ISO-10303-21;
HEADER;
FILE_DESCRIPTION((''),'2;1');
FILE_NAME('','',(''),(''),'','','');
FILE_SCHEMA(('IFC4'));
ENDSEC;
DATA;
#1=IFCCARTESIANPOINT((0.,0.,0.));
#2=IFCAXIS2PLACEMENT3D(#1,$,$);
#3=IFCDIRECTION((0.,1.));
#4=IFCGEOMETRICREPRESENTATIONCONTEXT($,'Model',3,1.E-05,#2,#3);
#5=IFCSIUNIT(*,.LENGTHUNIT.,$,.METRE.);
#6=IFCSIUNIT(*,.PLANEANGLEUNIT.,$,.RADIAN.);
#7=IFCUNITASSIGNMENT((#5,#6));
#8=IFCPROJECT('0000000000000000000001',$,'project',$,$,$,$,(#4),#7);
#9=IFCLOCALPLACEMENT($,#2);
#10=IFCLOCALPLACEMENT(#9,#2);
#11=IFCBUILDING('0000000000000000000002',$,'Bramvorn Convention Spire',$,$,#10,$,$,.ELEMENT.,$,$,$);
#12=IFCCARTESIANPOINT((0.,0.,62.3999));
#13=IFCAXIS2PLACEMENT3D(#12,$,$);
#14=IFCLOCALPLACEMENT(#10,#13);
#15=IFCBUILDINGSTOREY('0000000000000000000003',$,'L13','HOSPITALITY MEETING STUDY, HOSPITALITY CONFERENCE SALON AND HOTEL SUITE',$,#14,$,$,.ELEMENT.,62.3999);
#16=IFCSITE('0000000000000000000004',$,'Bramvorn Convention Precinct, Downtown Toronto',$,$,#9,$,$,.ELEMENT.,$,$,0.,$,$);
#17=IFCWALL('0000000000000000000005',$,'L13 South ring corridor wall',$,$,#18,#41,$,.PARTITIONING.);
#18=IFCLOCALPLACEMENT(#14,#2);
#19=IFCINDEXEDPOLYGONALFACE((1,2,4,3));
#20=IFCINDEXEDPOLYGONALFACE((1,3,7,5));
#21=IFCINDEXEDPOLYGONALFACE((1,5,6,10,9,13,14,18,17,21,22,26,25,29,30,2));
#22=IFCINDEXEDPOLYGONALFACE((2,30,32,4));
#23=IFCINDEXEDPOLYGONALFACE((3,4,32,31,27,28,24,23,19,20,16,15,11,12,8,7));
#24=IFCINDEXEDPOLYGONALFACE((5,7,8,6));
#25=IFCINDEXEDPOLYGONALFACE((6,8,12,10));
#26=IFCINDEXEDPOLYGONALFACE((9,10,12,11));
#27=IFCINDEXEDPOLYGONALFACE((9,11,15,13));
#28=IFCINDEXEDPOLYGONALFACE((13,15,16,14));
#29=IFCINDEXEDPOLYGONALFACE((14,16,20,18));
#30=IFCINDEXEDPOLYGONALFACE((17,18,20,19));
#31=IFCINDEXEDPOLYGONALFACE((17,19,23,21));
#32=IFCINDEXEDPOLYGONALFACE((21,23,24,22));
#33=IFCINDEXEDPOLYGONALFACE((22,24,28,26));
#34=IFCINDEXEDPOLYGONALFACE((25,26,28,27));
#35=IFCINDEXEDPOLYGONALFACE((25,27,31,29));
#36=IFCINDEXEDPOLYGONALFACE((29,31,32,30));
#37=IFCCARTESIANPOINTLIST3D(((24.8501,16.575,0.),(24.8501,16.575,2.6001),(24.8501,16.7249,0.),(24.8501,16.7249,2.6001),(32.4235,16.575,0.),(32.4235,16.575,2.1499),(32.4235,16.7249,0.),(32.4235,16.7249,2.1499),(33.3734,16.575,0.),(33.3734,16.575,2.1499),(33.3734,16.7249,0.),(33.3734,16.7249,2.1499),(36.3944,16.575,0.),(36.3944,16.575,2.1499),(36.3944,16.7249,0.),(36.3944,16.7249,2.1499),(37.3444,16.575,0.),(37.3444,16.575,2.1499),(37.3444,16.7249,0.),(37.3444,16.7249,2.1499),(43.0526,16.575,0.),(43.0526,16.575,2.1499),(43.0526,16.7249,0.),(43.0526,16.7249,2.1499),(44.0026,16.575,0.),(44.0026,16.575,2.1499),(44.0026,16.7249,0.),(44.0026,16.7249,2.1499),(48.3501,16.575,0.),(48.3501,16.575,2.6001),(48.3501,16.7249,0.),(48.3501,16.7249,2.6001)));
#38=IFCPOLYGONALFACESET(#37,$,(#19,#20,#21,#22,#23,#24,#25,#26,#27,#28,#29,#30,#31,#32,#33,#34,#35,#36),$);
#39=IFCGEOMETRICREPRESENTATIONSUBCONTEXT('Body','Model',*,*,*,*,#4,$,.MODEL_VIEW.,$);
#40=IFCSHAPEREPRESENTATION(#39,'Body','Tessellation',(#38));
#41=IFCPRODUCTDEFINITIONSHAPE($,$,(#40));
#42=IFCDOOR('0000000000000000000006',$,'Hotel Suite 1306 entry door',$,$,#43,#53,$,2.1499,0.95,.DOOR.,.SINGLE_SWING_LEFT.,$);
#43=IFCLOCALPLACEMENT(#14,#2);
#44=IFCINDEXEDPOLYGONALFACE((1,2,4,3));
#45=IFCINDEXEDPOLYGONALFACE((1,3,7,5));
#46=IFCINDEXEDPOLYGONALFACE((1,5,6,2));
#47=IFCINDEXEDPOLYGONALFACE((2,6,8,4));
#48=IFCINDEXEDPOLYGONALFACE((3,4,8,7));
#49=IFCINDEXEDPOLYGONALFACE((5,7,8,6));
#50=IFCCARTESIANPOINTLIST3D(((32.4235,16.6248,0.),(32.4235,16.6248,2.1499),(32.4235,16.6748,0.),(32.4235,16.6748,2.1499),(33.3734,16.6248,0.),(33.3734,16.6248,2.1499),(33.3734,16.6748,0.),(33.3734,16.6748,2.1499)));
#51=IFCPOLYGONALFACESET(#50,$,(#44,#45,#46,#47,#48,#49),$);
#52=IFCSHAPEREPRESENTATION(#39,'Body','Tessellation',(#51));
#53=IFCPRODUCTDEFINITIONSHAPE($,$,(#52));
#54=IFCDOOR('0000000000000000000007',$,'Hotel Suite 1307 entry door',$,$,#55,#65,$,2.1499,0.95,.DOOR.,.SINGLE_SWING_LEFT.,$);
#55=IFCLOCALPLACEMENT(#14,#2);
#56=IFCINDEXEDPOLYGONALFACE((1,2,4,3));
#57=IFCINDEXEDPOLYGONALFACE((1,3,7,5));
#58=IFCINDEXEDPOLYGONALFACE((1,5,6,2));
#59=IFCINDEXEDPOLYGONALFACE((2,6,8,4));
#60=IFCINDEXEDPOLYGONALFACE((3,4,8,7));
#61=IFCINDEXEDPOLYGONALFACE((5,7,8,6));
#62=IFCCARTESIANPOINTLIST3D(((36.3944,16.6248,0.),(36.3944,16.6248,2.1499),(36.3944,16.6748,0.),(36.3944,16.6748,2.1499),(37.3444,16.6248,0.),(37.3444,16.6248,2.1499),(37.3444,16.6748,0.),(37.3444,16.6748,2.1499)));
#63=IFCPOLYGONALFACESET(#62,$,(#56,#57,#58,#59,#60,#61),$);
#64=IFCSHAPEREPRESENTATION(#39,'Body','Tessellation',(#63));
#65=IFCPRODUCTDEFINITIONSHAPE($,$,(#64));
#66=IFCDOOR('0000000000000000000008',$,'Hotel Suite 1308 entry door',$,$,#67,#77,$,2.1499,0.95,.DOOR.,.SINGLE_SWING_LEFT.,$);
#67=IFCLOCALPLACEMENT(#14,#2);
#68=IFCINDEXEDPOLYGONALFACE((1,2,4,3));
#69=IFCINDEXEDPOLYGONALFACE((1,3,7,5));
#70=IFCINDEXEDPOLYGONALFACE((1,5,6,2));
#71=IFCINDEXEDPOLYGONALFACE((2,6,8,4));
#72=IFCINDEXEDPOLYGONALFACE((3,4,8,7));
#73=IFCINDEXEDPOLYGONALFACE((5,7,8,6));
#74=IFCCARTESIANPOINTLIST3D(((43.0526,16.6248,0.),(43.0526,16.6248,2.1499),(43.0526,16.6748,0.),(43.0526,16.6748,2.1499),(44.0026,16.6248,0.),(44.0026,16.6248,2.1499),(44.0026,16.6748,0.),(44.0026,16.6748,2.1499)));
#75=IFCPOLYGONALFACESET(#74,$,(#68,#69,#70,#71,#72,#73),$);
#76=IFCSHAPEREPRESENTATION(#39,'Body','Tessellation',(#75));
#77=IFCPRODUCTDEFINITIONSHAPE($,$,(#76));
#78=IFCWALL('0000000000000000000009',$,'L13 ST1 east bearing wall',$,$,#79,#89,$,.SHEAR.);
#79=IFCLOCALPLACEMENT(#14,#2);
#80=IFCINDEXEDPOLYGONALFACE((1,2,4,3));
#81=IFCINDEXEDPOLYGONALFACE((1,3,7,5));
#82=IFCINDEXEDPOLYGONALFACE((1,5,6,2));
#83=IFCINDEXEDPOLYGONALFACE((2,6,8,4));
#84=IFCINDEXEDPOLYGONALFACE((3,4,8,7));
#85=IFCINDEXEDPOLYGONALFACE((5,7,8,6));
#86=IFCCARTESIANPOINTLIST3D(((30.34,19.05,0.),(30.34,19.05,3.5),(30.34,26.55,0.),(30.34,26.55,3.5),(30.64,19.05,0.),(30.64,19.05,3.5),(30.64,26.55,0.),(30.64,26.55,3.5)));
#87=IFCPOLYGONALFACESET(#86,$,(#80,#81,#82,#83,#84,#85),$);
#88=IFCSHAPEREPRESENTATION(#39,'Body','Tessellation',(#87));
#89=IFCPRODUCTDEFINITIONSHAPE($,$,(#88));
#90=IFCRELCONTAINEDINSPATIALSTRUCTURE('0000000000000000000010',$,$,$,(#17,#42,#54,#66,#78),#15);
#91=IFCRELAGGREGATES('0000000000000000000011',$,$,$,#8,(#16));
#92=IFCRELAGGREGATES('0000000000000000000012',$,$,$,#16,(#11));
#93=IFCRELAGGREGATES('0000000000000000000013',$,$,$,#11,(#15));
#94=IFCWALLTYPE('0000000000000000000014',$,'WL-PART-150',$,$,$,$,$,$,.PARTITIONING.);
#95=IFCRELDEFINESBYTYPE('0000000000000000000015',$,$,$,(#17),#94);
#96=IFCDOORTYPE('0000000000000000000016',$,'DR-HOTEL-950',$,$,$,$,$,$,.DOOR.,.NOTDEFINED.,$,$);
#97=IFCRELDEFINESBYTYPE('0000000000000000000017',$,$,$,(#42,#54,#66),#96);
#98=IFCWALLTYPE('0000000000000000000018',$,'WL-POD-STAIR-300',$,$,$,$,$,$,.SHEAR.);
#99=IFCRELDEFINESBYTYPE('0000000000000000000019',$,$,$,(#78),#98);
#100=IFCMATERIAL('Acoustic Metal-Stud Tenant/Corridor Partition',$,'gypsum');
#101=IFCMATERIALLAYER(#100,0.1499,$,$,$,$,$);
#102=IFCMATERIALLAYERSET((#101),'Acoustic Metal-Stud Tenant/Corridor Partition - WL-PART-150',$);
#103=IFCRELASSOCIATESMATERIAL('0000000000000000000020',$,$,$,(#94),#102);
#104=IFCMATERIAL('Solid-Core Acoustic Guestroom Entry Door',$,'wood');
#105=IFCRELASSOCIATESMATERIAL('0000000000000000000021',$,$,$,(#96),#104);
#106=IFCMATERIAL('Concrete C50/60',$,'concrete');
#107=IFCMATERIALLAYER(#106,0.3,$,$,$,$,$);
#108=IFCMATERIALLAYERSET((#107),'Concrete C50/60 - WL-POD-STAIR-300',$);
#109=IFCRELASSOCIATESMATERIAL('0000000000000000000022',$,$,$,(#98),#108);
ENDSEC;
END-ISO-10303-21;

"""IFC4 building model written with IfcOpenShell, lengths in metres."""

from ifc_helpers import new_model, si_unit, direction, frame, frame_2d, origin, place, context, subcontext, project, spatial, rectangle, extrude, material, layer, layer_set, type_object, element, fill, save


model = new_model("IFC4")

# Units and contexts
model_context = context("Model", 3, precision=1e-05, world=origin(), true_north=direction((0.0, 1.0)))
body_context = subcontext(model_context, "Body", "Model", "MODEL_VIEW")
ifc_project = project(units=[si_unit("LENGTHUNIT", "METRE"), si_unit("PLANEANGLEUNIT", "RADIAN")], contexts=[model_context])

# Site, building, storey
site_placement = place(None, origin())
site = spatial("IfcSite", under=ifc_project, at=site_placement, Name="Bramvorn Convention Precinct, Downtown Toronto", CompositionType="ELEMENT", RefElevation=0.0)
building_placement = place(site_placement, origin())
building = spatial("IfcBuilding", under=site, at=building_placement, Name="Bramvorn Convention Spire", CompositionType="ELEMENT")
storey_placement = place(building_placement, frame((0.0, 0.0, 62.3999)))
storey = spatial("IfcBuildingStorey", under=building, at=storey_placement, Name="L13", Description="HOSPITALITY MEETING STUDY, HOSPITALITY CONFERENCE SALON AND HOTEL SUITE", CompositionType="ELEMENT", Elevation=62.3999)

# Wall, openings, doors
ifc_material_1 = material(Name="Acoustic Metal-Stud Tenant/Corridor Partition", Category="gypsum")
ifc_layer_1 = layer(ifc_material_1, 0.1499)
ifc_layer_set_1 = layer_set([ifc_layer_1], Name="Acoustic Metal-Stud Tenant/Corridor Partition - WL-PART-150")
wall_type_1 = type_object("IfcWallType", Name="WL-PART-150", PredefinedType="PARTITIONING", material=ifc_layer_set_1)
wall_1_placement = place(storey_placement, frame((24.8501, 16.6499, 0.0), z_axis=(0.0, 0.0, 1.0), x_axis=(1.0, 0.0, 0.0)))
wall_1 = element("IfcWall", 1, at=wall_1_placement, inside=storey, type_object=wall_type_1, Name="L13 South ring corridor wall", PredefinedType="PARTITIONING", context=body_context, shape_type="SweptSolid", body=[
    extrude(rectangle(XDim=23.5, YDim=0.1499, at=frame_2d((11.75, 0.0))), origin(), (0.0, 0.0, 1.0), 2.6001),
])
opening_1_placement = place(wall_1_placement, frame((7.5732, 0.0, 0.0)))
opening_1 = element("IfcOpeningElement", 2, at=opening_1_placement, cuts=wall_1, PredefinedType="OPENING", context=body_context, shape_type="SweptSolid", body=[
    extrude(rectangle(XDim=0.95, YDim=2.1499, at=frame_2d((0.4751, 1.075))), frame((0.0, 0.085, 0.0), z_axis=(0.0, -1.0, 0.0), x_axis=(1.0, 0.0, 0.0)), (0.0, 0.0, 1.0), 0.1699),
])
opening_2_placement = place(wall_1_placement, frame((11.5442, 0.0, 0.0)))
opening_2 = element("IfcOpeningElement", 3, at=opening_2_placement, cuts=wall_1, PredefinedType="OPENING", context=body_context, shape_type="SweptSolid", body=[
    extrude(rectangle(XDim=0.95, YDim=2.1499, at=frame_2d((0.4751, 1.075))), frame((0.0, 0.085, 0.0), z_axis=(0.0, -1.0, 0.0), x_axis=(1.0, 0.0, 0.0)), (0.0, 0.0, 1.0), 0.1699),
])
opening_3_placement = place(wall_1_placement, frame((18.2024, 0.0, 0.0)))
opening_3 = element("IfcOpeningElement", 4, at=opening_3_placement, cuts=wall_1, PredefinedType="OPENING", context=body_context, shape_type="SweptSolid", body=[
    extrude(rectangle(XDim=0.95, YDim=2.1499, at=frame_2d((0.4751, 1.075))), frame((0.0, 0.085, 0.0), z_axis=(0.0, -1.0, 0.0), x_axis=(1.0, 0.0, 0.0)), (0.0, 0.0, 1.0), 0.1699),
])
ifc_material_2 = material(Name="Solid-Core Acoustic Guestroom Entry Door", Category="wood")
door_type_1 = type_object("IfcDoorType", Name="DR-HOTEL-950", OperationType="NOTDEFINED", PredefinedType="DOOR", material=ifc_material_2)
door_1_placement = place(opening_1_placement, origin())
door_1 = element("IfcDoor", 5, at=door_1_placement, inside=storey, type_object=door_type_1, Name="Hotel Suite 1306 entry door", OperationType="SINGLE_SWING_LEFT", OverallHeight=2.1499, OverallWidth=0.95, PredefinedType="DOOR", context=body_context, shape_type="SweptSolid", body=[
    extrude(rectangle(XDim=0.95, YDim=2.1499, at=frame_2d((0.4751, 1.075))), frame((0.0, 0.0249, 0.0), z_axis=(0.0, -1.0, 0.0), x_axis=(1.0, 0.0, 0.0)), (0.0, 0.0, 1.0), 0.05),
])
fill(opening_1, door_1)
door_2_placement = place(opening_2_placement, origin())
door_2 = element("IfcDoor", 6, at=door_2_placement, inside=storey, type_object=door_type_1, Name="Hotel Suite 1307 entry door", OperationType="SINGLE_SWING_LEFT", OverallHeight=2.1499, OverallWidth=0.95, PredefinedType="DOOR", context=body_context, shape_type="SweptSolid", body=[
    extrude(rectangle(XDim=0.95, YDim=2.1499, at=frame_2d((0.4751, 1.075))), frame((0.0, 0.0249, 0.0), z_axis=(0.0, -1.0, 0.0), x_axis=(1.0, 0.0, 0.0)), (0.0, 0.0, 1.0), 0.05),
])
fill(opening_2, door_2)
door_3_placement = place(opening_3_placement, origin())
door_3 = element("IfcDoor", 7, at=door_3_placement, inside=storey, type_object=door_type_1, Name="Hotel Suite 1308 entry door", OperationType="SINGLE_SWING_LEFT", OverallHeight=2.1499, OverallWidth=0.95, PredefinedType="DOOR", context=body_context, shape_type="SweptSolid", body=[
    extrude(rectangle(XDim=0.95, YDim=2.1499, at=frame_2d((0.4751, 1.075))), frame((0.0, 0.0249, 0.0), z_axis=(0.0, -1.0, 0.0), x_axis=(1.0, 0.0, 0.0)), (0.0, 0.0, 1.0), 0.05),
])
fill(opening_3, door_3)

# Wall
ifc_material_3 = material(Name="Concrete C50/60", Category="concrete")
ifc_layer_2 = layer(ifc_material_3, 0.3)
ifc_layer_set_2 = layer_set([ifc_layer_2], Name="Concrete C50/60 - WL-POD-STAIR-300")
wall_type_2 = type_object("IfcWallType", Name="WL-POD-STAIR-300", PredefinedType="SHEAR", material=ifc_layer_set_2)
wall_2_placement = place(storey_placement, frame((30.49, 19.05, 0.0), z_axis=(0.0, 0.0, 1.0), x_axis=(0.0, 1.0, 0.0)))
element("IfcWall", 8, at=wall_2_placement, inside=storey, type_object=wall_type_2, Name="L13 ST1 east bearing wall", PredefinedType="SHEAR", context=body_context, shape_type="SweptSolid", body=[
    extrude(rectangle(XDim=7.5, YDim=0.3, at=frame_2d((3.75, 0.0))), origin(), (0.0, 0.0, 1.0), 3.5),
])

save(model, "model.ifc")
